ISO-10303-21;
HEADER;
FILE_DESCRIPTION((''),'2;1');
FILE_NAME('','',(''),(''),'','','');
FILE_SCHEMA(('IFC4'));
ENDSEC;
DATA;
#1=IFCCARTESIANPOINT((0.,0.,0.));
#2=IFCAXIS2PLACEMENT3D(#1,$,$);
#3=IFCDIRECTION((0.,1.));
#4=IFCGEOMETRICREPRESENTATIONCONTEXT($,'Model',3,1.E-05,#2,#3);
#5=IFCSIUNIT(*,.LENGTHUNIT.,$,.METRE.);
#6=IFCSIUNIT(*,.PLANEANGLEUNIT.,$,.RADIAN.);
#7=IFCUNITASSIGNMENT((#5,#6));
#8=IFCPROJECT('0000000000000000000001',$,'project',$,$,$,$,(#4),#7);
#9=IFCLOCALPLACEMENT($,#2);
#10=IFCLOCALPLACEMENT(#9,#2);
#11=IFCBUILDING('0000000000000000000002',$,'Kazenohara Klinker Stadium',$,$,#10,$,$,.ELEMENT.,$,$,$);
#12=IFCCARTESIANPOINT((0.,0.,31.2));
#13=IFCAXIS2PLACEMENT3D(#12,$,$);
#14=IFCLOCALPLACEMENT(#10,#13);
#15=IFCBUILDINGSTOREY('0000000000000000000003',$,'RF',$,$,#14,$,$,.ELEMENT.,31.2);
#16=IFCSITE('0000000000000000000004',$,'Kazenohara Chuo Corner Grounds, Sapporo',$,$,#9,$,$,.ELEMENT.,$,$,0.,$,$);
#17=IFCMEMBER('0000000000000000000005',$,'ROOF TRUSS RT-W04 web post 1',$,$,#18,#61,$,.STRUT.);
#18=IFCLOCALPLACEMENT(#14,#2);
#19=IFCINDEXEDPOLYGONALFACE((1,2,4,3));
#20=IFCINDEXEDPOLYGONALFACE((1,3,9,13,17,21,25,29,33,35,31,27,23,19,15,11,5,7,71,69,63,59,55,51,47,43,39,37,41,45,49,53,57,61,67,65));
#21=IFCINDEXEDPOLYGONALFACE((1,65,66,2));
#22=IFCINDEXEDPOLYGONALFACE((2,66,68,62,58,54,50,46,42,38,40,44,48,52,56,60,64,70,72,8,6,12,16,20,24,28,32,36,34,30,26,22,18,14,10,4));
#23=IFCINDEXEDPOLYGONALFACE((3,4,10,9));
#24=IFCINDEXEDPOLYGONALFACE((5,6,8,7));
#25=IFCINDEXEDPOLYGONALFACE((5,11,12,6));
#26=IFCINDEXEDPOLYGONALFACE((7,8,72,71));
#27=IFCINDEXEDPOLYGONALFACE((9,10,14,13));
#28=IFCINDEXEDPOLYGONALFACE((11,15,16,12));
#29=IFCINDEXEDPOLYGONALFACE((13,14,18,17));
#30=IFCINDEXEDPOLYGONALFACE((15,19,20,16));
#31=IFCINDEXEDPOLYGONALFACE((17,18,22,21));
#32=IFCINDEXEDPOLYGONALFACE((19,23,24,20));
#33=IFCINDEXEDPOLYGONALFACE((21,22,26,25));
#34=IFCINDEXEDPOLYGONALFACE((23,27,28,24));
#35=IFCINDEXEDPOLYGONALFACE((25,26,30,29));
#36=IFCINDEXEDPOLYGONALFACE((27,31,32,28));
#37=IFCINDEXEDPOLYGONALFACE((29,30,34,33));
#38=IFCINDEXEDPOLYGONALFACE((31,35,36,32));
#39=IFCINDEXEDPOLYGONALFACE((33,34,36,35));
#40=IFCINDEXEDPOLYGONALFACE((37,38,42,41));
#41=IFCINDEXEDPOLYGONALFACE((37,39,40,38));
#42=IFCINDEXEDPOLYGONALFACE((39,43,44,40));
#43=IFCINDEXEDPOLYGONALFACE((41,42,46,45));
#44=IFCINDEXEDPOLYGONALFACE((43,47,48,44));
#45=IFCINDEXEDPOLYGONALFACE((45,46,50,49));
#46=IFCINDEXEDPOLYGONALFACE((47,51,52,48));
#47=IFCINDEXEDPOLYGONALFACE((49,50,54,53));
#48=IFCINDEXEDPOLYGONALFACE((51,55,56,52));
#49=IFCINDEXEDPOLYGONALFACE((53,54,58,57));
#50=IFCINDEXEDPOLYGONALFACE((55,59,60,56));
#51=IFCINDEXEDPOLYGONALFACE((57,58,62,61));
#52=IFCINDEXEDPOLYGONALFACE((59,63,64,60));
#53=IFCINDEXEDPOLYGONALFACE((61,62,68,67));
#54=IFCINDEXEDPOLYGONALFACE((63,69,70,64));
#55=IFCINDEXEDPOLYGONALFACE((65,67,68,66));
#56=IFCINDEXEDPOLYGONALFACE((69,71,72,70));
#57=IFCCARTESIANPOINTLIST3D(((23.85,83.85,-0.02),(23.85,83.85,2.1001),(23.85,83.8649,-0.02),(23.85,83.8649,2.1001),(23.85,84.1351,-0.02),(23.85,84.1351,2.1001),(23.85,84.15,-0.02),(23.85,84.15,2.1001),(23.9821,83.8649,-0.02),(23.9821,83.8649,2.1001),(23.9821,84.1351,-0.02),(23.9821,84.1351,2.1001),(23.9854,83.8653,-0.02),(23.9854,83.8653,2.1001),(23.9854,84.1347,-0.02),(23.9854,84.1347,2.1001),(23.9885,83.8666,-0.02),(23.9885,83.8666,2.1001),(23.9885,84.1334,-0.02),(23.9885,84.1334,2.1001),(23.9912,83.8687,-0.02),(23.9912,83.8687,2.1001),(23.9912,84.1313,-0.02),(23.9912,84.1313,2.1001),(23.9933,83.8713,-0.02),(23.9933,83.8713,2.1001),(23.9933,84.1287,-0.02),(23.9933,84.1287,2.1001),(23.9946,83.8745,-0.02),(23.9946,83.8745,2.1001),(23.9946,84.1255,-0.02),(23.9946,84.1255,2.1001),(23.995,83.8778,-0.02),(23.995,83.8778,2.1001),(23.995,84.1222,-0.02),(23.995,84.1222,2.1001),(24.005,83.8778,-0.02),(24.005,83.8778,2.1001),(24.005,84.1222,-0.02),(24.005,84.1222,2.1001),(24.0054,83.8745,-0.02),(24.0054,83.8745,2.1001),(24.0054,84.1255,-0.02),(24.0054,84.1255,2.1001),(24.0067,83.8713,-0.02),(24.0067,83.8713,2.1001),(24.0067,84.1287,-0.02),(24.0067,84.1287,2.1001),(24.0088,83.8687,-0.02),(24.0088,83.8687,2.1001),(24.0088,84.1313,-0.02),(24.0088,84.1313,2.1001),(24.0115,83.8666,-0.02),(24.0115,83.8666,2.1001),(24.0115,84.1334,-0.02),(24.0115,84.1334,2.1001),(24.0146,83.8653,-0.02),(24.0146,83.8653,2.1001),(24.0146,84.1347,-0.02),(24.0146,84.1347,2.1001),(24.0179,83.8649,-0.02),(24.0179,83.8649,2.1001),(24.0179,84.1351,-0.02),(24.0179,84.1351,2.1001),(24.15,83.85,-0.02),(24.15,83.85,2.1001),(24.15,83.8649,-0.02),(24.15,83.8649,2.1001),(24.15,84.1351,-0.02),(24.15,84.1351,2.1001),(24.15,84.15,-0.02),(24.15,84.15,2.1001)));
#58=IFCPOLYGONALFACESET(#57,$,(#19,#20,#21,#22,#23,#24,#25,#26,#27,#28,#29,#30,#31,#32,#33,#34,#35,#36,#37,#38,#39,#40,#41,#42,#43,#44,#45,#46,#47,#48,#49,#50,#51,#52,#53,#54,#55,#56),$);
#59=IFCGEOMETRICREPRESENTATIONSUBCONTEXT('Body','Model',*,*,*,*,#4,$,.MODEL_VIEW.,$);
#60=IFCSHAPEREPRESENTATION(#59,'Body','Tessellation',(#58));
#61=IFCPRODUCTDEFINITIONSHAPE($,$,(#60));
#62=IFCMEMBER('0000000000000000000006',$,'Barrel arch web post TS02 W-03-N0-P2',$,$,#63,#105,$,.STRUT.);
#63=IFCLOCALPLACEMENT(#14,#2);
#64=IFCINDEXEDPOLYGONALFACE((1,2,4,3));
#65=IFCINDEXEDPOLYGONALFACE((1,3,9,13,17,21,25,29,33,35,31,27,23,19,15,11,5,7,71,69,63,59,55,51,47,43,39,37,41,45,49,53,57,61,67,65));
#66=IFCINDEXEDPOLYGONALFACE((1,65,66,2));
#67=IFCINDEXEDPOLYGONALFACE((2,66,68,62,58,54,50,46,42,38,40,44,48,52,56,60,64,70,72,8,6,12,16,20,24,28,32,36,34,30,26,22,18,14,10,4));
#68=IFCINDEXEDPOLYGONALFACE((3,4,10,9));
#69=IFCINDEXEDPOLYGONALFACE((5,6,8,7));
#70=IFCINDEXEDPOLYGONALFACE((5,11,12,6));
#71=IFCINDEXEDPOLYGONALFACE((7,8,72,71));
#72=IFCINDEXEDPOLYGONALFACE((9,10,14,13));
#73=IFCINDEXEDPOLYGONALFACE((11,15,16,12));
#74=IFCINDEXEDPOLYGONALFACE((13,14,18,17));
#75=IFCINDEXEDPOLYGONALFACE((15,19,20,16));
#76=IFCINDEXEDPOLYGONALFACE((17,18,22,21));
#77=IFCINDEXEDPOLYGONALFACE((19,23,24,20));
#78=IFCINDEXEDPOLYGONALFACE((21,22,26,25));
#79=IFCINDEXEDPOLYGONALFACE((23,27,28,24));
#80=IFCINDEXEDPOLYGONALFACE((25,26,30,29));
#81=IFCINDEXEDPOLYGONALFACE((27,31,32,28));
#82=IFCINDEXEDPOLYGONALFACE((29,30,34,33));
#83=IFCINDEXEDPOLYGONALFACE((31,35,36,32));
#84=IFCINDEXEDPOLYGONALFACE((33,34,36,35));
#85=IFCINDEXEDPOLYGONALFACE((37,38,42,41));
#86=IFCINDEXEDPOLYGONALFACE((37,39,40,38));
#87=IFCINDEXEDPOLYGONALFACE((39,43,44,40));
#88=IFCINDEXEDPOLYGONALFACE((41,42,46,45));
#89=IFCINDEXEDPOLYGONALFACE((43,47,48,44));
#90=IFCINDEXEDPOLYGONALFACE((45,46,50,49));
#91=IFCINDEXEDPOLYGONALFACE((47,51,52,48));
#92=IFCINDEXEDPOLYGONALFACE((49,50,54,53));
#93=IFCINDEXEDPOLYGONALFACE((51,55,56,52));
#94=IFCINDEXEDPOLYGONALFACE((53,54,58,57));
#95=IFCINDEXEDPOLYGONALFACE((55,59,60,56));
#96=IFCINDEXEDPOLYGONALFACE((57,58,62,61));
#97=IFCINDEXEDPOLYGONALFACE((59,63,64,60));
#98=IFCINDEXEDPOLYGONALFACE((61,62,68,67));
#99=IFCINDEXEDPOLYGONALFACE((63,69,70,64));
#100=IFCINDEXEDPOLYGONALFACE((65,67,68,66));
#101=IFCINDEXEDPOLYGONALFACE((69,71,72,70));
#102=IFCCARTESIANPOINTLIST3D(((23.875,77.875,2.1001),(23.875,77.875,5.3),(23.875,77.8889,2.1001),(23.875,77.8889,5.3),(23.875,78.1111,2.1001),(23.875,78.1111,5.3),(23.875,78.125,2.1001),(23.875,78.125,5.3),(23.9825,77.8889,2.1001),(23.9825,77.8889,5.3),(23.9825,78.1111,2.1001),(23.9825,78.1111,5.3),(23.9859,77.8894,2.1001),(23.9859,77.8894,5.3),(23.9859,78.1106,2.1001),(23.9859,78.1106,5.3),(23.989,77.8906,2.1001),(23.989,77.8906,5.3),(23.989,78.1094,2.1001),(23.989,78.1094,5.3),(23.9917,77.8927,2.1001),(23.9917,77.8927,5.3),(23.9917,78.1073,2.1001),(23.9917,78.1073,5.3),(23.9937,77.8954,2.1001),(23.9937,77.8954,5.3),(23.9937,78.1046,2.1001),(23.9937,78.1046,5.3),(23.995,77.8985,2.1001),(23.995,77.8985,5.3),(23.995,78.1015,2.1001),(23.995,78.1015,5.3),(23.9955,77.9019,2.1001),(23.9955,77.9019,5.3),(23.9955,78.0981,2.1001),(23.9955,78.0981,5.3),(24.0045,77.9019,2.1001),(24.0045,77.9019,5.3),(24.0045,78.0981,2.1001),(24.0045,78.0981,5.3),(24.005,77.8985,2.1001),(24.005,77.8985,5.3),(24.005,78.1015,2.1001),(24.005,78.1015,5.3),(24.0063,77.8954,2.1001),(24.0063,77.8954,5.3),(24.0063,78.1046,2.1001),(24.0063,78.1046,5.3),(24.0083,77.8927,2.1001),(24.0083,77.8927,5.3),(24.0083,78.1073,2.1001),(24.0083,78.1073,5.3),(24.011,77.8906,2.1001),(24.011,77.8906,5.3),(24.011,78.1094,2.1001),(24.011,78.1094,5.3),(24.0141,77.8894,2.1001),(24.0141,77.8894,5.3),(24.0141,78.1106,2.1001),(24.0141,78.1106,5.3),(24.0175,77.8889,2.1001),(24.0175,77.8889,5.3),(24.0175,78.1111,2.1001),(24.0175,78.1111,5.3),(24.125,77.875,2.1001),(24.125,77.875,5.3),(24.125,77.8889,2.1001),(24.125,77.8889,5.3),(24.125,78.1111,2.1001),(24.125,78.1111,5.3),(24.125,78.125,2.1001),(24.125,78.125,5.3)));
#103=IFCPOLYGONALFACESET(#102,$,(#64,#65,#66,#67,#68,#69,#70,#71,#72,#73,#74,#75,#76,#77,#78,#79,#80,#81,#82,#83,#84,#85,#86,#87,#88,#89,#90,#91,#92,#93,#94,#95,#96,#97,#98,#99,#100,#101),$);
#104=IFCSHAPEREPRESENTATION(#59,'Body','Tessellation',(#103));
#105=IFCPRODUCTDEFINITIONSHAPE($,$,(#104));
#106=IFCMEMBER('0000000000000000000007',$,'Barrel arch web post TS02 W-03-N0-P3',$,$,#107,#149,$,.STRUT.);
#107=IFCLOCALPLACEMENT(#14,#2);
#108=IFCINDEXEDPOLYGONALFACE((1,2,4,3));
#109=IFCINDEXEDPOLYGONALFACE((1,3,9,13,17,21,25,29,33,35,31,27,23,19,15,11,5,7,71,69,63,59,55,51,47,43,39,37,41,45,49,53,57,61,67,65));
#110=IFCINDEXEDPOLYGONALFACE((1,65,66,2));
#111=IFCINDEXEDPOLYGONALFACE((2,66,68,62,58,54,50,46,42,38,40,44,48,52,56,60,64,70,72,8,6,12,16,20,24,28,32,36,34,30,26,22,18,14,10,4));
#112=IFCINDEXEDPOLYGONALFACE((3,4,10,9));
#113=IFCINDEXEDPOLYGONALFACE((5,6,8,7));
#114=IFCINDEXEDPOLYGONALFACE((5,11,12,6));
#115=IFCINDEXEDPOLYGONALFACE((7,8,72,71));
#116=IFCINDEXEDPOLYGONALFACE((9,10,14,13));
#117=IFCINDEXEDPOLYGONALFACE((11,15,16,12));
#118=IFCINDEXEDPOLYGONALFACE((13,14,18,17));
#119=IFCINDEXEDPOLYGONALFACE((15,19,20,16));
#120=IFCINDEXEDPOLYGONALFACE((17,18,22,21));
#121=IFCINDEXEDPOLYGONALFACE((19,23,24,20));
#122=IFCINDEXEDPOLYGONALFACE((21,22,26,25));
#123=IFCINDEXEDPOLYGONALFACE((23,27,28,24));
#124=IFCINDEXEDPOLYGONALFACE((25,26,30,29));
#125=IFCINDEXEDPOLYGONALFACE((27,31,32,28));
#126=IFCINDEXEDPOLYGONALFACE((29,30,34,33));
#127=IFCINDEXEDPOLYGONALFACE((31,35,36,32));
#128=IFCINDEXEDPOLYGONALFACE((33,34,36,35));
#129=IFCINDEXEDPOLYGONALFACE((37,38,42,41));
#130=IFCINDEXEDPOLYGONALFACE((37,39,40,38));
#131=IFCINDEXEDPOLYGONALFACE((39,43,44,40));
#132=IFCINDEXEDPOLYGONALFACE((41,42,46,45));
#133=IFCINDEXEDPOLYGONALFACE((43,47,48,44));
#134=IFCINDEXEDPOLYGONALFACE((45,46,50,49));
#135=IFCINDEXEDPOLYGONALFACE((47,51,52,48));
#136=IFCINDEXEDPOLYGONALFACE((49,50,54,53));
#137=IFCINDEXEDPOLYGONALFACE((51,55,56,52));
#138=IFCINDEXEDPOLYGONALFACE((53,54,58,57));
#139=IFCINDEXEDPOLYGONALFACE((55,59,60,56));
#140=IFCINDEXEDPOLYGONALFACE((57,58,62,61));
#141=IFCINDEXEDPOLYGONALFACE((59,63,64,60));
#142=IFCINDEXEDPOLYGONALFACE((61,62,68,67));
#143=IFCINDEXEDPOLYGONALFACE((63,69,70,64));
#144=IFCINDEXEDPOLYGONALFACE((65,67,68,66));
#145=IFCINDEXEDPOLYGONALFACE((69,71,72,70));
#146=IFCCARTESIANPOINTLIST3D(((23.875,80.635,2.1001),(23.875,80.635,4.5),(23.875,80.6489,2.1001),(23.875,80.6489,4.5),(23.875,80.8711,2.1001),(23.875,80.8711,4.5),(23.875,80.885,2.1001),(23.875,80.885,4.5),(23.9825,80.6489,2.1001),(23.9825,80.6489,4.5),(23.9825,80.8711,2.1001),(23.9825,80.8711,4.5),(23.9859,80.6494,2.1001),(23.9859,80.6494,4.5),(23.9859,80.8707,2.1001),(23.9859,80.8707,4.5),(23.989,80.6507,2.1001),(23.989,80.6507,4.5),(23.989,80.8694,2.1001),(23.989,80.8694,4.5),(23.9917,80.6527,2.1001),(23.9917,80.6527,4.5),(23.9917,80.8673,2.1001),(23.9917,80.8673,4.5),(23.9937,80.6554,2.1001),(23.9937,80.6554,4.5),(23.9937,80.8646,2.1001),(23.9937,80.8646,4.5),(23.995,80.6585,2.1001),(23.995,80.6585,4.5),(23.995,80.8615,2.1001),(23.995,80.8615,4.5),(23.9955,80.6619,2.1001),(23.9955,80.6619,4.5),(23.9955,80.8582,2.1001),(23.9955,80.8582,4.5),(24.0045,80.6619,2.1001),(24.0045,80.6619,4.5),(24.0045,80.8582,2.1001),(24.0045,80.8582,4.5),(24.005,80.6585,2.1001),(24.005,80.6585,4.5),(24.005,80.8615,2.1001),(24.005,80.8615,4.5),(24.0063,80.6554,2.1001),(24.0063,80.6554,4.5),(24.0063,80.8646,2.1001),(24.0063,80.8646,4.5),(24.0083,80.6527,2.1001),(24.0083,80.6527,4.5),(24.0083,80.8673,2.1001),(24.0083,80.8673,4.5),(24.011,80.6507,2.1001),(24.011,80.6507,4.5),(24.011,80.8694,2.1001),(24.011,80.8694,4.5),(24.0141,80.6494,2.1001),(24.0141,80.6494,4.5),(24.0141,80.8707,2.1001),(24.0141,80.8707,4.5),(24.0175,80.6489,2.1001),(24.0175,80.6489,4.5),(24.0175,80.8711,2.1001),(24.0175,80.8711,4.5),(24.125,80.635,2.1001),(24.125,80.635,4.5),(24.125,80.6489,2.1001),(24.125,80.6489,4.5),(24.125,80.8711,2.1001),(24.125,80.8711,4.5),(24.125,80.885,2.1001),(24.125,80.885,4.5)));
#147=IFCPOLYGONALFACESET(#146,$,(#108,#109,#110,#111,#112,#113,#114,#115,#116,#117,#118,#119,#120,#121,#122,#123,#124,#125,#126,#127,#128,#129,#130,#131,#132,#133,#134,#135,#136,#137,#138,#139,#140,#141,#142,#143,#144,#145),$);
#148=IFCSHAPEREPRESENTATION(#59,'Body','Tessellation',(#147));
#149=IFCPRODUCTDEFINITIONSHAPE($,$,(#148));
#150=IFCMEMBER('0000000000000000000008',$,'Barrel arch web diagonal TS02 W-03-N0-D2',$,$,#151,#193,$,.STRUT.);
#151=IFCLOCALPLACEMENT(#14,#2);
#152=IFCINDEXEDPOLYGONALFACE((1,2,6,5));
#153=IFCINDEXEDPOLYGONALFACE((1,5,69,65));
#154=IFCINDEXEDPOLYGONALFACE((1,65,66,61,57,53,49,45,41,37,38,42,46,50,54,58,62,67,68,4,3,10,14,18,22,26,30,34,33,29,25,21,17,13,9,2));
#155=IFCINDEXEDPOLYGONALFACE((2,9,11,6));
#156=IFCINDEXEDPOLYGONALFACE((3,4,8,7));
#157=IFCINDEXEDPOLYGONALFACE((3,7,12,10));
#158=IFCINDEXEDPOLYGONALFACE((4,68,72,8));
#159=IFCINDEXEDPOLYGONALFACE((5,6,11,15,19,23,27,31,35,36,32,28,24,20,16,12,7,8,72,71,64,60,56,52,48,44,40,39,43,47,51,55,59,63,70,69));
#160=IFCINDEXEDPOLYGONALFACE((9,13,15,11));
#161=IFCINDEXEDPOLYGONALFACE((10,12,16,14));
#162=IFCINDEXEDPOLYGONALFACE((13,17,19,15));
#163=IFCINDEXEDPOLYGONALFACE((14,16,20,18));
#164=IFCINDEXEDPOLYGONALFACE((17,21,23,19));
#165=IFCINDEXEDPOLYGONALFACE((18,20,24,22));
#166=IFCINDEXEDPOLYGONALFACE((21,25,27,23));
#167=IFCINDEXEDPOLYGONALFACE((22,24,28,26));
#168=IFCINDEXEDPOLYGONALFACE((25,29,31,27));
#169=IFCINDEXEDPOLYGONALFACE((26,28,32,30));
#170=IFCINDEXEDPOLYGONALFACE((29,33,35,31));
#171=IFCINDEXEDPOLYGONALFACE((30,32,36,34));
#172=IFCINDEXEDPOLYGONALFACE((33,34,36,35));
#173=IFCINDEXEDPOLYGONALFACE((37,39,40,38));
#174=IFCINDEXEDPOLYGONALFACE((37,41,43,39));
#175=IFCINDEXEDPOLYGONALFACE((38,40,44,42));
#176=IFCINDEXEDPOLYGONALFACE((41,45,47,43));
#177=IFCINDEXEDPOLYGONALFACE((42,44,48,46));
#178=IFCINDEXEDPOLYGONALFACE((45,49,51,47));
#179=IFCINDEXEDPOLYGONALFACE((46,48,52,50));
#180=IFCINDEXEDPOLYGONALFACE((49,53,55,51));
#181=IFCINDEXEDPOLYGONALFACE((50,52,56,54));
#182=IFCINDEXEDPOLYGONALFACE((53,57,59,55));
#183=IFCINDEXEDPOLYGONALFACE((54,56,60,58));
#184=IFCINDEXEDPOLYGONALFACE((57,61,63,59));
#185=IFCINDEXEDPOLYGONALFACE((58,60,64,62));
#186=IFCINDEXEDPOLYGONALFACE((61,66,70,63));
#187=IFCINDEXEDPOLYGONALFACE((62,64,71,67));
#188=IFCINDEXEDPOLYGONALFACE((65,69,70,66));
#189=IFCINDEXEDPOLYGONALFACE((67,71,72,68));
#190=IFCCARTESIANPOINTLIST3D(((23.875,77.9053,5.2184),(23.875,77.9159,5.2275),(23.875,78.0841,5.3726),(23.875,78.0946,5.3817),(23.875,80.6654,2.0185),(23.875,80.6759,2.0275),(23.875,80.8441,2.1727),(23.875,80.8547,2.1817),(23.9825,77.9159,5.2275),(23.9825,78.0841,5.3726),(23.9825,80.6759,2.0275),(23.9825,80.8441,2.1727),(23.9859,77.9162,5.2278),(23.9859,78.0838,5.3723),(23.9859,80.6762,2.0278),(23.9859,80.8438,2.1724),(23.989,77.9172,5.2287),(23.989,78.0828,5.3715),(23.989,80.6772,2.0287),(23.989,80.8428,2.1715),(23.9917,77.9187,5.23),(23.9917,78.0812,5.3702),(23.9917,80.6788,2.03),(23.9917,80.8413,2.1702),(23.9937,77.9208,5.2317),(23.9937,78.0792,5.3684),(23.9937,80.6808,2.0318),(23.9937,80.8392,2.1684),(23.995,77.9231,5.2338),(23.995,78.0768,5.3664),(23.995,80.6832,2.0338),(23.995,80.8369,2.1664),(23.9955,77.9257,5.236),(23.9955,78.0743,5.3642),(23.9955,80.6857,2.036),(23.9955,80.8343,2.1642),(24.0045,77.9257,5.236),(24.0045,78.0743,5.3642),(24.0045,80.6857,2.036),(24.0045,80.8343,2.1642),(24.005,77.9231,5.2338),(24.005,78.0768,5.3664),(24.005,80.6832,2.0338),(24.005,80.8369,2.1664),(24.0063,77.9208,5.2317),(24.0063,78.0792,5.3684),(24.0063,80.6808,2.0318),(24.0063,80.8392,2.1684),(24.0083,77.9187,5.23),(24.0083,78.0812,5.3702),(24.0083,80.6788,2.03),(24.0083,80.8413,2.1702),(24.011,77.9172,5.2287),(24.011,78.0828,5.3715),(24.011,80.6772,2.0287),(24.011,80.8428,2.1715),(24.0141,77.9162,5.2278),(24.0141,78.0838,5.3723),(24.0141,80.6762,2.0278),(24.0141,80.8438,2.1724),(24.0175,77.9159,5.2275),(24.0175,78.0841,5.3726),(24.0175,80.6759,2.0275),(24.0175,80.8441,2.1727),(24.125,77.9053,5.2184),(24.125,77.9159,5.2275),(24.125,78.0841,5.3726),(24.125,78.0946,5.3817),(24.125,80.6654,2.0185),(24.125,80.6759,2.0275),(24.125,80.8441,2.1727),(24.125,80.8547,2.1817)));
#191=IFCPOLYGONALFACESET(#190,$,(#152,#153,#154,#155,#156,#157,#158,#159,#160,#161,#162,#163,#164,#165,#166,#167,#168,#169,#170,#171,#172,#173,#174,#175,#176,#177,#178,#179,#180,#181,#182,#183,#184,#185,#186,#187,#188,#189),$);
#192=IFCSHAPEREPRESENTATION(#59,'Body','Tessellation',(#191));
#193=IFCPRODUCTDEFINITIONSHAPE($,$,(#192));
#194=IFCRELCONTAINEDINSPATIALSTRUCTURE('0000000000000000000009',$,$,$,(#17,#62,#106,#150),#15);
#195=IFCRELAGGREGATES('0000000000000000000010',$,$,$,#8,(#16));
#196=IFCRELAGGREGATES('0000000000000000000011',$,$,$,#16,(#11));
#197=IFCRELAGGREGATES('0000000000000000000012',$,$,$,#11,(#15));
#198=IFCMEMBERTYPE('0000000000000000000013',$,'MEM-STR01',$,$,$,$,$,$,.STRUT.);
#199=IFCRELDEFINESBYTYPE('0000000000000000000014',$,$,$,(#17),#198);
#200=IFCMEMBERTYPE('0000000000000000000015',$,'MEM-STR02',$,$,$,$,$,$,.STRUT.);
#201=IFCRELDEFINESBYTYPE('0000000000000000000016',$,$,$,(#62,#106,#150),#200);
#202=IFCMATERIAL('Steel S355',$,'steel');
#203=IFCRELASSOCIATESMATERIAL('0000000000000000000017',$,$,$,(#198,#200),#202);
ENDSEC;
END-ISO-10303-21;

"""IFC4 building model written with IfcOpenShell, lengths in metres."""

from ifc_helpers import new_model, si_unit, direction, frame, origin, origin_2d, place, context, subcontext, project, spatial, i_section, extrude, material, material_profile, profile_set, type_object, element, save


model = new_model("IFC4")

# Units and contexts
model_context = context("Model", 3, precision=1e-05, world=origin(), true_north=direction((0.0, 1.0)))
body_context = subcontext(model_context, "Body", "Model", "MODEL_VIEW")
ifc_project = project(units=[si_unit("LENGTHUNIT", "METRE"), si_unit("PLANEANGLEUNIT", "RADIAN")], contexts=[model_context])

# Site, building, storey
site_placement = place(None, origin())
site = spatial("IfcSite", under=ifc_project, at=site_placement, Name="Kazenohara Chuo Corner Grounds, Sapporo", CompositionType="ELEMENT", RefElevation=0.0)
building_placement = place(site_placement, origin())
building = spatial("IfcBuilding", under=site, at=building_placement, Name="Kazenohara Klinker Stadium", CompositionType="ELEMENT")
storey_placement = place(building_placement, frame((0.0, 0.0, 31.2)))
storey = spatial("IfcBuildingStorey", under=building, at=storey_placement, Name="RF", CompositionType="ELEMENT", Elevation=31.2)

# Members
ifc_material_1 = material(Name="Steel S355", Category="steel")
ifc_material_profile_1 = material_profile(ifc_material_1, i_section(OverallWidth=0.3, OverallDepth=0.3, WebThickness=0.01, FlangeThickness=0.0149, FilletRadius=0.0129, at=origin_2d()), Name="H-300x300x10x15")
ifc_profile_set_1 = profile_set([ifc_material_profile_1], Name="Steel S355")
member_type_1 = type_object("IfcMemberType", Name="MEM-STR01", PredefinedType="STRUT", material=ifc_profile_set_1)
member_1_placement = place(storey_placement, frame((24.0, 84.0, -0.02), z_axis=(0.0, 0.0, 1.0), x_axis=(1.0, 0.0, 0.0)))
element("IfcMember", 1, at=member_1_placement, inside=storey, type_object=member_type_1, Name="ROOF TRUSS RT-W04 web post 1", PredefinedType="STRUT", context=body_context, shape_type="SweptSolid", body=[
    extrude(i_section(OverallWidth=0.3, OverallDepth=0.3, WebThickness=0.01, FlangeThickness=0.0149, FilletRadius=0.0129, at=origin_2d()), origin(), (0.0, 0.0, 1.0), 2.1201),
])
ifc_material_profile_2 = material_profile(ifc_material_1, i_section(OverallWidth=0.25, OverallDepth=0.25, WebThickness=0.009, FlangeThickness=0.0139, FilletRadius=0.0129, at=origin_2d()), Name="H-250x250x9x14")
ifc_profile_set_2 = profile_set([ifc_material_profile_2], Name="Steel S355")
member_type_2 = type_object("IfcMemberType", Name="MEM-STR02", PredefinedType="STRUT", material=ifc_profile_set_2)
member_2_placement = place(storey_placement, frame((24.0, 78.0, 2.1001), z_axis=(0.0, 0.0, 1.0), x_axis=(1.0, 0.0, 0.0)))
element("IfcMember", 2, at=member_2_placement, inside=storey, type_object=member_type_2, Name="Barrel arch web post TS02 W-03-N0-P2", PredefinedType="STRUT", context=body_context, shape_type="SweptSolid", body=[
    extrude(i_section(OverallWidth=0.25, OverallDepth=0.25, WebThickness=0.009, FlangeThickness=0.0139, FilletRadius=0.0129, at=origin_2d()), origin(), (0.0, 0.0, 1.0), 3.2),
])
member_3_placement = place(storey_placement, frame((24.0, 80.76, 2.1001), z_axis=(0.0, 0.0, 1.0), x_axis=(1.0, 0.0, 0.0)))
element("IfcMember", 3, at=member_3_placement, inside=storey, type_object=member_type_2, Name="Barrel arch web post TS02 W-03-N0-P3", PredefinedType="STRUT", context=body_context, shape_type="SweptSolid", body=[
    extrude(i_section(OverallWidth=0.25, OverallDepth=0.25, WebThickness=0.009, FlangeThickness=0.0139, FilletRadius=0.0129, at=origin_2d()), origin(), (0.0, 0.0, 1.0), 2.3999),
])
member_4_placement = place(storey_placement, frame((24.0, 80.76, 2.1001), z_axis=(0.0, -0.653134, 0.757242), x_axis=(1.0, 0.0, 0.0)))
element("IfcMember", 4, at=member_4_placement, inside=storey, type_object=member_type_2, Name="Barrel arch web diagonal TS02 W-03-N0-D2", PredefinedType="STRUT", context=body_context, shape_type="SweptSolid", body=[
    extrude(i_section(OverallWidth=0.25, OverallDepth=0.25, WebThickness=0.009, FlangeThickness=0.0139, FilletRadius=0.0129, at=origin_2d()), origin(), (0.0, 0.0, 1.0), 4.2258),
])

save(model, "model.ifc")
